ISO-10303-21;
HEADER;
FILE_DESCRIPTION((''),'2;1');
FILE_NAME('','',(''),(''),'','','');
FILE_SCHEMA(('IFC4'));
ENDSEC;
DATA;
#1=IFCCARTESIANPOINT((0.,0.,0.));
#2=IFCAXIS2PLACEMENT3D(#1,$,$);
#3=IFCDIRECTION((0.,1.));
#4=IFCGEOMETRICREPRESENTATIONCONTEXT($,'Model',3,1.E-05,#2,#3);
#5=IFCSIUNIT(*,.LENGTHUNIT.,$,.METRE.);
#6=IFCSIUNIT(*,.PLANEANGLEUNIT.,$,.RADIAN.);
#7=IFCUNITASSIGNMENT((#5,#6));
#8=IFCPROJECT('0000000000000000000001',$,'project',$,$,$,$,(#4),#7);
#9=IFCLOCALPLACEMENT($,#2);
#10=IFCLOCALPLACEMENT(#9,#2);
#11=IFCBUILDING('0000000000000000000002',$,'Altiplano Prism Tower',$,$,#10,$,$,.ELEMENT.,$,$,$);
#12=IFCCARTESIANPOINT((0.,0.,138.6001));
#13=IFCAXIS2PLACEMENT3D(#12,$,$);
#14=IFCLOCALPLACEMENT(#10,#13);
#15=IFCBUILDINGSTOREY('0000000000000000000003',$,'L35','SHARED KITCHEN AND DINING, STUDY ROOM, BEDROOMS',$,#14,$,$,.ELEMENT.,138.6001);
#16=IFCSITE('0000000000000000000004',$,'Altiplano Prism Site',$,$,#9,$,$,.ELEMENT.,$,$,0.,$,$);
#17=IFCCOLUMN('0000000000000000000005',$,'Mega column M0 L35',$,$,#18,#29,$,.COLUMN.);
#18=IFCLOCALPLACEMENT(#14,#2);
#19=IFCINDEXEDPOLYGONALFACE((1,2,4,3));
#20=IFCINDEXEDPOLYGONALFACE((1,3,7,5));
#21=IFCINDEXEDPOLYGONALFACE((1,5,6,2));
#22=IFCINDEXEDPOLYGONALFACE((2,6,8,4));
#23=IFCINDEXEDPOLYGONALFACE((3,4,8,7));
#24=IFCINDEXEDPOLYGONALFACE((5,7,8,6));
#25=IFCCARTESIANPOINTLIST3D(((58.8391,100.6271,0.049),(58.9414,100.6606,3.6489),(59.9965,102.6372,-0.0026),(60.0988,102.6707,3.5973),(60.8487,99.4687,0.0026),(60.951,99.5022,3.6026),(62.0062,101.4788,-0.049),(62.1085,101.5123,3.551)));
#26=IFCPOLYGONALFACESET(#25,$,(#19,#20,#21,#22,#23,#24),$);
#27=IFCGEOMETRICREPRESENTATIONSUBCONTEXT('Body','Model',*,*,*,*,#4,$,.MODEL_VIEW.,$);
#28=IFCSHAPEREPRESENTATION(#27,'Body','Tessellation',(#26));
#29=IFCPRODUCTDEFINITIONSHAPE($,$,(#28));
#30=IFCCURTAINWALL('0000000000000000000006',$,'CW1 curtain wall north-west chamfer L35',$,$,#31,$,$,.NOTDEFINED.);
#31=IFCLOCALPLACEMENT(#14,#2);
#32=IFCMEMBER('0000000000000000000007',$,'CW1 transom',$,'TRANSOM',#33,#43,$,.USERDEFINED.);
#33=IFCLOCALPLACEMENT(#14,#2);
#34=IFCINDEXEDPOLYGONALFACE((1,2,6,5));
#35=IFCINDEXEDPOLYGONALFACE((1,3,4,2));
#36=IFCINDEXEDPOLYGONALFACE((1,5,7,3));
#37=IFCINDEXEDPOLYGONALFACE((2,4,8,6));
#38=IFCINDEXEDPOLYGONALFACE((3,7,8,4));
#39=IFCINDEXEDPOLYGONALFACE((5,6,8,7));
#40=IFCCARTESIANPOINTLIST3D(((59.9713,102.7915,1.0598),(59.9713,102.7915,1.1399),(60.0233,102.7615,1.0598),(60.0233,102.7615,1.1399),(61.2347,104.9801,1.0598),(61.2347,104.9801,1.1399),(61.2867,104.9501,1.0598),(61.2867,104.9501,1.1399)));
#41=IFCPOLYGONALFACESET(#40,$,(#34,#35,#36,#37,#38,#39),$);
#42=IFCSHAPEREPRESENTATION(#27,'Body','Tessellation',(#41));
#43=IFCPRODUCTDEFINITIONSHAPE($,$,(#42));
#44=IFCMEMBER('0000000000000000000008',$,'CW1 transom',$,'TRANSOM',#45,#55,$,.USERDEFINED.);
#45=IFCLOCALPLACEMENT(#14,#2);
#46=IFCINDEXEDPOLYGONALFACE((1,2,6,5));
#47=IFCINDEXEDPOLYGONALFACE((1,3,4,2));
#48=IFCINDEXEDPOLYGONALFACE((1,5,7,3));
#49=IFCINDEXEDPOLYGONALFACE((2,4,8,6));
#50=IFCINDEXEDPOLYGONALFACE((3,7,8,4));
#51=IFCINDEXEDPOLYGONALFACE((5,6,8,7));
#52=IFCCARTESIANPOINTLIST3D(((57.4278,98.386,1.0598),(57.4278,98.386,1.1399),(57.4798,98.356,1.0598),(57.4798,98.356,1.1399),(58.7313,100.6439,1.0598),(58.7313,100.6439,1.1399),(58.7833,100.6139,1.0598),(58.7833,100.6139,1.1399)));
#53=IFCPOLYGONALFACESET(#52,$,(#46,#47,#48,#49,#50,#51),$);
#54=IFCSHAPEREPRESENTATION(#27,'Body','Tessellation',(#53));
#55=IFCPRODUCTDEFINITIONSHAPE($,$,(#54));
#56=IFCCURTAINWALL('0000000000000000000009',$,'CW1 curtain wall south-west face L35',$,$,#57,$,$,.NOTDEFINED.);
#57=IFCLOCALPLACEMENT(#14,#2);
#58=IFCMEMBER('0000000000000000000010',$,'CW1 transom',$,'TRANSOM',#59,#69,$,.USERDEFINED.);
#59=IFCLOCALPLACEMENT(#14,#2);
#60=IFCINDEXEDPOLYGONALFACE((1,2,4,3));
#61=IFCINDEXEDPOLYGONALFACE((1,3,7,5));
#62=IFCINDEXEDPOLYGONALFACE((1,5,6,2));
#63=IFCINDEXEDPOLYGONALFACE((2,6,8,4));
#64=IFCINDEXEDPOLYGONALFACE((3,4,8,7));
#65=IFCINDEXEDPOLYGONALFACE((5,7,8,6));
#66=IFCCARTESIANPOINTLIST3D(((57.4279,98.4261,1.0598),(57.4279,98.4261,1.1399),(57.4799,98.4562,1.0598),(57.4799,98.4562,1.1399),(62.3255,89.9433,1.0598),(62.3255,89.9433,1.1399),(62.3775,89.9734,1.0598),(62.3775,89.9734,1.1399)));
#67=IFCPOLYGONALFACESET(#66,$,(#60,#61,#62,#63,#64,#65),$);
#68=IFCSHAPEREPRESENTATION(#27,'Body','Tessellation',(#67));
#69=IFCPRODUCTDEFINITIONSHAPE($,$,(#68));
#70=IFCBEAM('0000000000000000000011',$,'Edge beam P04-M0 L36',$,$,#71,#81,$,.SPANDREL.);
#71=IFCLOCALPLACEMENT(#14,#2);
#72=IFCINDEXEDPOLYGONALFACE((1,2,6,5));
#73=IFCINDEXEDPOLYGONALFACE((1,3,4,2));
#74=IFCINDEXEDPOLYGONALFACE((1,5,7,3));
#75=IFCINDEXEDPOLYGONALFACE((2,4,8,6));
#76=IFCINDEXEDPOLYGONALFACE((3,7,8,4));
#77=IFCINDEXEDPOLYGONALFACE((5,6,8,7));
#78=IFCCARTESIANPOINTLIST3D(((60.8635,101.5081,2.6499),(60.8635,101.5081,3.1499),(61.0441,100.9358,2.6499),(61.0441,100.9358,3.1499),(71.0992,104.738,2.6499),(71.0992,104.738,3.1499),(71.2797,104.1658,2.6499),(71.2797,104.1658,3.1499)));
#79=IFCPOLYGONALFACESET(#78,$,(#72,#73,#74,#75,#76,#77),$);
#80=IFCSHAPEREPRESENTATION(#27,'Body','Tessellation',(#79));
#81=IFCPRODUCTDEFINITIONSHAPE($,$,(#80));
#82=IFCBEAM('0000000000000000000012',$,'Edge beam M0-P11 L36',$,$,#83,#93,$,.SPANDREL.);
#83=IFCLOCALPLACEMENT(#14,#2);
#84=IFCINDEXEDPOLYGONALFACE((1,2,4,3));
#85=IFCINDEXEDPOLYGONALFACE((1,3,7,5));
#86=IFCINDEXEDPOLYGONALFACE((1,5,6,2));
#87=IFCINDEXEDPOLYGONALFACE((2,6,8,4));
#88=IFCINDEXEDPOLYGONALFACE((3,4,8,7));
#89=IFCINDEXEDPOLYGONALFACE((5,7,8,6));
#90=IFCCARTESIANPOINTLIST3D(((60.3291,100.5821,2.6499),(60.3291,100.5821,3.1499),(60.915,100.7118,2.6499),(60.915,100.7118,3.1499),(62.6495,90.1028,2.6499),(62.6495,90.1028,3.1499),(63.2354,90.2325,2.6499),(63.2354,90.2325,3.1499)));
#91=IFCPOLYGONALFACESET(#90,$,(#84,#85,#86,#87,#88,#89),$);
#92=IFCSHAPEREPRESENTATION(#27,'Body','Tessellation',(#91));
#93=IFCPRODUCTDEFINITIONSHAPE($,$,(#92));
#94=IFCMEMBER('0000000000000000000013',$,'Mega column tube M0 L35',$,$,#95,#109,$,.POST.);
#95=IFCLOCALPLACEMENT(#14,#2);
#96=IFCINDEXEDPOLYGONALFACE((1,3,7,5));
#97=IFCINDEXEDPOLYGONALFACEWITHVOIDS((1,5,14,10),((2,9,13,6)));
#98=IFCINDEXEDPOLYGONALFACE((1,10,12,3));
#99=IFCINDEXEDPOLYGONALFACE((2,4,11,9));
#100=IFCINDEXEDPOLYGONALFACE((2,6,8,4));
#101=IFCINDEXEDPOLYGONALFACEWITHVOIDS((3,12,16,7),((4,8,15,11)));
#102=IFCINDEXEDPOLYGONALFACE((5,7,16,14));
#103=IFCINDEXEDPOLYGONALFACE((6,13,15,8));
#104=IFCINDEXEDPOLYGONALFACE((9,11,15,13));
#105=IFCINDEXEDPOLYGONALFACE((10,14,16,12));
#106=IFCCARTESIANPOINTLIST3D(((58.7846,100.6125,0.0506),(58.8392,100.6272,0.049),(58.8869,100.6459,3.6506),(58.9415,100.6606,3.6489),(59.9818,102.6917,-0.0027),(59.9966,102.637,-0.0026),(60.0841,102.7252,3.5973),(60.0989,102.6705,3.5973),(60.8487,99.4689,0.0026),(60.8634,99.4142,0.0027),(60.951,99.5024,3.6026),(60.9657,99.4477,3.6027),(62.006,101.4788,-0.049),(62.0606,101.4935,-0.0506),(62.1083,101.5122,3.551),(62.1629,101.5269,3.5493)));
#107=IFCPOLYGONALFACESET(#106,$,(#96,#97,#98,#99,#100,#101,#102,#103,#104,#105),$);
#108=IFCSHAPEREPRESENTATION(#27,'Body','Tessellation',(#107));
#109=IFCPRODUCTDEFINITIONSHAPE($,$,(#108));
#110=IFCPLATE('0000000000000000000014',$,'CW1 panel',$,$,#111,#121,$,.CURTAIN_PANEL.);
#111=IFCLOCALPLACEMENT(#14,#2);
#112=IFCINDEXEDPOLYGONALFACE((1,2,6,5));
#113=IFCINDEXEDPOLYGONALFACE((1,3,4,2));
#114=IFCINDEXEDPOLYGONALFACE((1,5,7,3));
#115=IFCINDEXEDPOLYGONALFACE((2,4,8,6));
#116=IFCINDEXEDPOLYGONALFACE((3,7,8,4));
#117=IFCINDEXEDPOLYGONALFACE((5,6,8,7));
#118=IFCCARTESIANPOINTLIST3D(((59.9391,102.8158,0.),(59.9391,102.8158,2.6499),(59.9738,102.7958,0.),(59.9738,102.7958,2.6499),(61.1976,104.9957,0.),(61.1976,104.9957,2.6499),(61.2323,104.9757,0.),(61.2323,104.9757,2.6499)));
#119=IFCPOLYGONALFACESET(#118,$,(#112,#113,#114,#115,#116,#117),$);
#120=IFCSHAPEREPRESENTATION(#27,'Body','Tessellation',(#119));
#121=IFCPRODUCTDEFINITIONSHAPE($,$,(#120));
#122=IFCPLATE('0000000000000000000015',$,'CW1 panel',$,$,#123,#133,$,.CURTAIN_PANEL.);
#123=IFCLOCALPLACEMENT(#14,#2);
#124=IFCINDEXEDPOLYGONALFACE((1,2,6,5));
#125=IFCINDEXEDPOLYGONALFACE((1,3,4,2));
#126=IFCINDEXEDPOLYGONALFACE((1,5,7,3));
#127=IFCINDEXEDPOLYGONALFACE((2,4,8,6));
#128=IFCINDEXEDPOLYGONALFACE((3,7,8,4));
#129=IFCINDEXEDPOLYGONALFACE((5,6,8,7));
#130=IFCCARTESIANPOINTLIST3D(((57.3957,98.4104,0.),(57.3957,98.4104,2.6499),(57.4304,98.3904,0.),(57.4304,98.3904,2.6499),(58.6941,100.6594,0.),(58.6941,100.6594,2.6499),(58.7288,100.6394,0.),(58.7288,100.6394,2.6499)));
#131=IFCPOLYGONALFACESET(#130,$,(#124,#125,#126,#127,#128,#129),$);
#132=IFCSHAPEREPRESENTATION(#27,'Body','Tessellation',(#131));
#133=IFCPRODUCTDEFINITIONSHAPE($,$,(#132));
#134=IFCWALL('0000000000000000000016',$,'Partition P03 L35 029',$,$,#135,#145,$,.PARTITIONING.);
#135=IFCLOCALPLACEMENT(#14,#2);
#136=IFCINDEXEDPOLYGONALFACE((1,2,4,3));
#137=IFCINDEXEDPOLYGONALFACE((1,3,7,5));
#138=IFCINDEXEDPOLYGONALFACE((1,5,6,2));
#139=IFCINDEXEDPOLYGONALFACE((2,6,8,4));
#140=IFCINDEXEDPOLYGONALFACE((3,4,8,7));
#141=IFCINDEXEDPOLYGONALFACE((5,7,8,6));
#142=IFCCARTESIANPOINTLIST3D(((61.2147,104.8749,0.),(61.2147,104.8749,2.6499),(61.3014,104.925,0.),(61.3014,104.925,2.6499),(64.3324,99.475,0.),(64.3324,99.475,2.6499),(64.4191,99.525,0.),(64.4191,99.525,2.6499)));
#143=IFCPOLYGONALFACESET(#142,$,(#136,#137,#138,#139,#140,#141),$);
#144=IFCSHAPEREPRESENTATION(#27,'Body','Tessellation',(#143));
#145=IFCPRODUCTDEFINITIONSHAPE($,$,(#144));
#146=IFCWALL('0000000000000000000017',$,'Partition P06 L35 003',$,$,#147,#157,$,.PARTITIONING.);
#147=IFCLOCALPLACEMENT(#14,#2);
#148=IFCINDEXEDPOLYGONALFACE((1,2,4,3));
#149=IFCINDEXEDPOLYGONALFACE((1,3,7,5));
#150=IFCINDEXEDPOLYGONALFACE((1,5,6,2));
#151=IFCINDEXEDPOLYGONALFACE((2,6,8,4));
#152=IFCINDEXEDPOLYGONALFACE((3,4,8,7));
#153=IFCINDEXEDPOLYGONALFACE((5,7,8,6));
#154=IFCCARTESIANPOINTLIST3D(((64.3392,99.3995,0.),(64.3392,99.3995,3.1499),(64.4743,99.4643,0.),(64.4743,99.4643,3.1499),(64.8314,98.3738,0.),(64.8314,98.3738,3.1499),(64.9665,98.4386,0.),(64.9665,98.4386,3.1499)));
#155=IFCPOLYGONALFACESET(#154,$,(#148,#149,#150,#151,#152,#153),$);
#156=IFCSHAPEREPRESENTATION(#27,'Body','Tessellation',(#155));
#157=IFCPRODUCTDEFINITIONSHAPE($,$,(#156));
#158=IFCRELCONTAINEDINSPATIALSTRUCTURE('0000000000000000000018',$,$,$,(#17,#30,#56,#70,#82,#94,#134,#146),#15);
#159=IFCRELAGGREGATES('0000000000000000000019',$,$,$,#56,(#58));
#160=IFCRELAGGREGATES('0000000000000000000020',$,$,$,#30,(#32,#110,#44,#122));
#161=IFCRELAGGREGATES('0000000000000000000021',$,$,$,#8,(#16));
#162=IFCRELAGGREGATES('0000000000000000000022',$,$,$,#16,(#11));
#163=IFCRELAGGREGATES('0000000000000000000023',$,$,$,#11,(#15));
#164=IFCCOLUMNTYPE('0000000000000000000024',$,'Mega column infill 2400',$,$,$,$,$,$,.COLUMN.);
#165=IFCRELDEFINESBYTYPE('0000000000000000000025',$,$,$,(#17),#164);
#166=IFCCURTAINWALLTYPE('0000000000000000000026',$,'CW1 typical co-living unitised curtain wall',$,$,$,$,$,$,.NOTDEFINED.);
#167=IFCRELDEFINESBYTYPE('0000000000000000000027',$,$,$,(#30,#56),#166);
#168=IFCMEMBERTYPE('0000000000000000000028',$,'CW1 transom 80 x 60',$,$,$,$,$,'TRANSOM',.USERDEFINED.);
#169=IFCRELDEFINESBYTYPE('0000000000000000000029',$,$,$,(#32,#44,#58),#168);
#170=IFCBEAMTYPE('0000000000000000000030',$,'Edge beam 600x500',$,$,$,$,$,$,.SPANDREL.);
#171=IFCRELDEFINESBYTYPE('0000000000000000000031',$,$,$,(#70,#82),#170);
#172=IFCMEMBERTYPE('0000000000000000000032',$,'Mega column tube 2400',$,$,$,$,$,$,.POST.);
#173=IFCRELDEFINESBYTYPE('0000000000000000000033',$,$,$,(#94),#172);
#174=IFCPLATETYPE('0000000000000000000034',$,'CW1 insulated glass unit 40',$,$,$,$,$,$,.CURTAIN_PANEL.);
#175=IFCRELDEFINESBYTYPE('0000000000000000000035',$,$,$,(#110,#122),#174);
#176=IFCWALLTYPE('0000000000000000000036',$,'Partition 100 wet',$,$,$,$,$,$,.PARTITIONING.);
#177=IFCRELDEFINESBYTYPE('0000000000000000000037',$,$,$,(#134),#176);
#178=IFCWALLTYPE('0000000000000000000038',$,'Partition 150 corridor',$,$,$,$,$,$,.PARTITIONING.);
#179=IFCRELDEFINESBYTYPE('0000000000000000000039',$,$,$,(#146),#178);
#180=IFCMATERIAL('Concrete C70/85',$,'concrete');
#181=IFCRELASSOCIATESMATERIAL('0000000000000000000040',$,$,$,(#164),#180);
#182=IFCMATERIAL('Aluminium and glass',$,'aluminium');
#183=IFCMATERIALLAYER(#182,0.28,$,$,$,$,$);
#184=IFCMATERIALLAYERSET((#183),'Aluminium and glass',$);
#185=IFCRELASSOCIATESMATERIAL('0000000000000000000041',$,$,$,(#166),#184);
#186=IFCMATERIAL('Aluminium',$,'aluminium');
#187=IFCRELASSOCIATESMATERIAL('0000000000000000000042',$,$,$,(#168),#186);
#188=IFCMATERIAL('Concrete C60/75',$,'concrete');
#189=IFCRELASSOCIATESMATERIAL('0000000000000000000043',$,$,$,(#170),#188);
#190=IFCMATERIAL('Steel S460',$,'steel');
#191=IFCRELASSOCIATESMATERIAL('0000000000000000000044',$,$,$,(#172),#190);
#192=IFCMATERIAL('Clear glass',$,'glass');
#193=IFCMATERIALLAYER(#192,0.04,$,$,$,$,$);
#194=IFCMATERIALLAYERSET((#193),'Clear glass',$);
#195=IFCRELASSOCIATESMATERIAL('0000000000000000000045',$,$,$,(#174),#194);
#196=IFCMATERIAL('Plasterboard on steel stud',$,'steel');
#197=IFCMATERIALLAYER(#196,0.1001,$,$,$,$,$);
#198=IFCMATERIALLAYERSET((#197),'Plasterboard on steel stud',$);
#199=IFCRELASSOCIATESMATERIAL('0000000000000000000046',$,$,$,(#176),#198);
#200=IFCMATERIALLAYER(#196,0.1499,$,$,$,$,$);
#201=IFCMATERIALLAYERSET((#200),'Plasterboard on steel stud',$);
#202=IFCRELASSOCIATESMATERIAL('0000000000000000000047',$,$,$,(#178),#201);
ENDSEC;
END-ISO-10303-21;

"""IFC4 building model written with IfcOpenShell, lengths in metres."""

from ifc_helpers import new_model, si_unit, direction, frame, frame_2d, origin, origin_2d, place, context, subcontext, project, spatial, rectangle, hollow_rectangle, extrude, material, layer, layer_set, material_profile, profile_set, type_object, element, aggregate, save


model = new_model("IFC4")

# Units and contexts
model_context = context("Model", 3, precision=1e-05, world=origin(), true_north=direction((0.0, 1.0)))
body_context = subcontext(model_context, "Body", "Model", "MODEL_VIEW")
ifc_project = project(units=[si_unit("LENGTHUNIT", "METRE"), si_unit("PLANEANGLEUNIT", "RADIAN")], contexts=[model_context])

# Site, building, storey
site_placement = place(None, origin())
site = spatial("IfcSite", under=ifc_project, at=site_placement, Name="Altiplano Prism Site", CompositionType="ELEMENT", RefElevation=0.0)
building_placement = place(site_placement, origin())
building = spatial("IfcBuilding", under=site, at=building_placement, Name="Altiplano Prism Tower", CompositionType="ELEMENT")
storey_placement = place(building_placement, frame((0.0, 0.0, 138.6001)))
storey = spatial("IfcBuildingStorey", under=building, at=storey_placement, Name="L35", Description="SHARED KITCHEN AND DINING, STUDY ROOM, BEDROOMS", CompositionType="ELEMENT", Elevation=138.6001)

# Column
ifc_material_1 = material(Name="Concrete C70/85", Category="concrete")
ifc_material_profile_1 = material_profile(ifc_material_1, rectangle(XDim=2.3201, YDim=2.3201, at=origin_2d()), Name="Mega column infill 2400")
ifc_profile_set_1 = profile_set([ifc_material_profile_1], Name="Concrete C70/85")
column_type = type_object("IfcColumnType", Name="Mega column infill 2400", PredefinedType="COLUMN", material=ifc_profile_set_1)
column_placement = place(storey_placement, frame((60.4226, 101.053, 0.0), z_axis=(0.028404, 0.009287, 0.999553), x_axis=(-0.866202, 0.499295, 0.019975)))
element("IfcColumn", 1, at=column_placement, inside=storey, type_object=column_type, Name="Mega column M0 L35", PredefinedType="COLUMN", context=body_context, shape_type="SweptSolid", body=[
    extrude(rectangle(XDim=2.3201, YDim=2.3201, at=origin_2d()), origin(), (0.0, 0.0, 1.0), 3.6016),
])

# Curtain wall, members
ifc_material_2 = material(Name="Aluminium and glass", Category="aluminium")
ifc_layer_1 = layer(ifc_material_2, 0.28)
ifc_layer_set_1 = layer_set([ifc_layer_1], Name="Aluminium and glass")
curtain_wall_type = type_object("IfcCurtainWallType", Name="CW1 typical co-living unitised curtain wall", PredefinedType="NOTDEFINED", material=ifc_layer_set_1)
curtain_wall_1_placement = place(storey_placement, origin())
curtain_wall_1 = element("IfcCurtainWall", 2, at=curtain_wall_1_placement, inside=storey, type_object=curtain_wall_type, Name="CW1 curtain wall north-west chamfer L35", PredefinedType="NOTDEFINED")
ifc_material_3 = material(Name="Aluminium", Category="aluminium")
ifc_material_profile_2 = material_profile(ifc_material_3, rectangle(XDim=0.0601, YDim=0.0801, at=origin_2d()), Name="CW1 transom 80 x 60")
ifc_profile_set_2 = profile_set([ifc_material_profile_2], Name="Aluminium")
member_type_1 = type_object("IfcMemberType", Name="CW1 transom 80 x 60", ElementType="TRANSOM", PredefinedType="USERDEFINED", material=ifc_profile_set_2)
member_1_placement = place(storey_placement, frame((61.2607, 104.9651, 1.0999), z_axis=(-0.499973, -0.866041, 0.0), x_axis=(0.866041, -0.499973, 0.0)))
member_1 = element("IfcMember", 3, at=member_1_placement, type_object=member_type_1, Name="CW1 transom", ObjectType="TRANSOM", PredefinedType="USERDEFINED", context=body_context, shape_type="SweptSolid", body=[
    extrude(rectangle(XDim=0.0601, YDim=0.0801, at=origin_2d()), origin(), (0.0, 0.0, 1.0), 2.5271),
])
member_2_placement = place(storey_placement, frame((58.7573, 100.6289, 1.0999), z_axis=(-0.499976, -0.866039, 0.0), x_axis=(0.866039, -0.499976, 0.0)))
member_2 = element("IfcMember", 4, at=member_2_placement, type_object=member_type_1, Name="CW1 transom", ObjectType="TRANSOM", PredefinedType="USERDEFINED", context=body_context, shape_type="SweptSolid", body=[
    extrude(rectangle(XDim=0.0601, YDim=0.0801, at=origin_2d()), origin(), (0.0, 0.0, 1.0), 2.6072),
])

# Curtain wall, member
curtain_wall_2_placement = place(storey_placement, origin())
curtain_wall_2 = element("IfcCurtainWall", 5, at=curtain_wall_2_placement, inside=storey, type_object=curtain_wall_type, Name="CW1 curtain wall south-west face L35", PredefinedType="NOTDEFINED")
member_3_placement = place(storey_placement, frame((57.4539, 98.4412, 1.0999), z_axis=(0.500007, -0.866021, 0.0), x_axis=(0.866021, 0.500007, 0.0)))
member_3 = element("IfcMember", 6, at=member_3_placement, type_object=member_type_1, Name="CW1 transom", ObjectType="TRANSOM", PredefinedType="USERDEFINED", context=body_context, shape_type="SweptSolid", body=[
    extrude(rectangle(XDim=0.0601, YDim=0.0801, at=origin_2d()), origin(), (0.0, 0.0, 1.0), 9.7952),
])
aggregate(curtain_wall_2, [member_3])

# Beams
ifc_material_4 = material(Name="Concrete C60/75", Category="concrete")
ifc_material_profile_3 = material_profile(ifc_material_4, rectangle(XDim=0.6001, YDim=0.5, at=origin_2d()), Name="Edge beam 600x500")
ifc_profile_set_3 = profile_set([ifc_material_profile_3], Name="Concrete C60/75")
beam_type = type_object("IfcBeamType", Name="Edge beam 600x500", PredefinedType="SPANDREL", material=ifc_profile_set_3)
for number, where, z_axis, x_axis, name in (
    (7, (71.1895, 104.4519, 2.8999), (-0.953645, -0.300935, 0.0), (0.300935, -0.953645, 0.0), "Edge beam P04-M0 L36"),
    (8, (60.6221, 100.647, 2.8999), (0.216184, -0.976353, 0.0), (0.976353, 0.216184, 0.0), "Edge beam M0-P11 L36"),
):
    element("IfcBeam", number, at=place(storey_placement, frame(where, z_axis=z_axis, x_axis=x_axis)), inside=storey, type_object=beam_type, Name=name, PredefinedType="SPANDREL", context=body_context, shape_type="SweptSolid", body=[
        extrude(rectangle(XDim=0.6001, YDim=0.5, at=origin_2d()), origin(), (0.0, 0.0, 1.0), 10.7332),
    ])

# Member
ifc_material_5 = material(Name="Steel S460", Category="steel")
ifc_material_profile_4 = material_profile(ifc_material_5, hollow_rectangle(XDim=2.3999, YDim=2.3999, WallThickness=0.04, at=origin_2d()), Name="Mega column tube 2400")
ifc_profile_set_4 = profile_set([ifc_material_profile_4], Name="Steel S460")
member_type_2 = type_object("IfcMemberType", Name="Mega column tube 2400", PredefinedType="POST", material=ifc_profile_set_4)
member_4_placement = place(storey_placement, frame((60.4226, 101.053, 0.0), z_axis=(0.028404, 0.009287, 0.999553), x_axis=(-0.866202, 0.499295, 0.019975)))
element("IfcMember", 9, at=member_4_placement, inside=storey, type_object=member_type_2, Name="Mega column tube M0 L35", PredefinedType="POST", context=body_context, shape_type="SweptSolid", body=[
    extrude(hollow_rectangle(XDim=2.3999, YDim=2.3999, WallThickness=0.04, at=origin_2d()), origin(), (0.0, 0.0, 1.0), 3.6016),
])

# Plates
ifc_material_6 = material(Name="Clear glass", Category="glass")
ifc_layer_2 = layer(ifc_material_6, 0.04)
ifc_layer_set_2 = layer_set([ifc_layer_2], Name="Clear glass")
plate_type = type_object("IfcPlateType", Name="CW1 insulated glass unit 40", PredefinedType="CURTAIN_PANEL", material=ifc_layer_set_2)
plate_1_placement = place(storey_placement, frame((60.5857, 103.8958, 0.0), z_axis=(0.0, 0.0, 1.0), x_axis=(-0.5, -0.866025, 0.0)))
plate_1 = element("IfcPlate", 10, at=plate_1_placement, type_object=plate_type, Name="CW1 panel", PredefinedType="CURTAIN_PANEL", context=body_context, shape_type="SweptSolid", body=[
    extrude(rectangle(XDim=2.5171, YDim=0.04, at=origin_2d()), origin(), (0.0, 0.0, 1.0), 2.6499),
])
plate_2_placement = place(storey_placement, frame((58.0623, 99.5249, 0.0), z_axis=(0.0, 0.0, 1.0), x_axis=(-0.5, -0.866025, 0.0)))
plate_2 = element("IfcPlate", 11, at=plate_2_placement, type_object=plate_type, Name="CW1 panel", PredefinedType="CURTAIN_PANEL", context=body_context, shape_type="SweptSolid", body=[
    extrude(rectangle(XDim=2.5969, YDim=0.04, at=origin_2d()), origin(), (0.0, 0.0, 1.0), 2.6499),
])
aggregate(curtain_wall_1, [member_1, plate_1, member_2, plate_2])

# Walls
ifc_material_7 = material(Name="Plasterboard on steel stud", Category="steel")
ifc_layer_3 = layer(ifc_material_7, 0.1001)
ifc_layer_set_3 = layer_set([ifc_layer_3], Name="Plasterboard on steel stud")
wall_type_1 = type_object("IfcWallType", Name="Partition 100 wet", PredefinedType="PARTITIONING", material=ifc_layer_set_3)
wall_1_placement = place(storey_placement, frame((64.3757, 99.5, 0.0), z_axis=(0.0, 0.0, 1.0), x_axis=(-0.500005, 0.866023, 0.0)))
element("IfcWall", 12, at=wall_1_placement, inside=storey, type_object=wall_type_1, Name="Partition P03 L35 029", PredefinedType="PARTITIONING", context=body_context, shape_type="SweptSolid", body=[
    extrude(rectangle(XDim=6.2354, YDim=0.1001, at=frame_2d((3.1177, 0.0))), origin(), (0.0, 0.0, 1.0), 2.6499),
])
ifc_layer_4 = layer(ifc_material_7, 0.1499)
ifc_layer_set_4 = layer_set([ifc_layer_4], Name="Plasterboard on steel stud")
wall_type_2 = type_object("IfcWallType", Name="Partition 150 corridor", PredefinedType="PARTITIONING", material=ifc_layer_set_4)
wall_2_placement = place(storey_placement, frame((64.4067, 99.4319, 0.0), z_axis=(0.0, 0.0, 1.0), x_axis=(0.432647, -0.901563, 0.0)))
element("IfcWall", 13, at=wall_2_placement, inside=storey, type_object=wall_type_2, Name="Partition P06 L35 003", PredefinedType="PARTITIONING", context=body_context, shape_type="SweptSolid", body=[
    extrude(rectangle(XDim=1.1377, YDim=0.1499, at=frame_2d((0.5688, 0.0))), origin(), (0.0, 0.0, 1.0), 3.1499),
])

save(model, "model.ifc")
